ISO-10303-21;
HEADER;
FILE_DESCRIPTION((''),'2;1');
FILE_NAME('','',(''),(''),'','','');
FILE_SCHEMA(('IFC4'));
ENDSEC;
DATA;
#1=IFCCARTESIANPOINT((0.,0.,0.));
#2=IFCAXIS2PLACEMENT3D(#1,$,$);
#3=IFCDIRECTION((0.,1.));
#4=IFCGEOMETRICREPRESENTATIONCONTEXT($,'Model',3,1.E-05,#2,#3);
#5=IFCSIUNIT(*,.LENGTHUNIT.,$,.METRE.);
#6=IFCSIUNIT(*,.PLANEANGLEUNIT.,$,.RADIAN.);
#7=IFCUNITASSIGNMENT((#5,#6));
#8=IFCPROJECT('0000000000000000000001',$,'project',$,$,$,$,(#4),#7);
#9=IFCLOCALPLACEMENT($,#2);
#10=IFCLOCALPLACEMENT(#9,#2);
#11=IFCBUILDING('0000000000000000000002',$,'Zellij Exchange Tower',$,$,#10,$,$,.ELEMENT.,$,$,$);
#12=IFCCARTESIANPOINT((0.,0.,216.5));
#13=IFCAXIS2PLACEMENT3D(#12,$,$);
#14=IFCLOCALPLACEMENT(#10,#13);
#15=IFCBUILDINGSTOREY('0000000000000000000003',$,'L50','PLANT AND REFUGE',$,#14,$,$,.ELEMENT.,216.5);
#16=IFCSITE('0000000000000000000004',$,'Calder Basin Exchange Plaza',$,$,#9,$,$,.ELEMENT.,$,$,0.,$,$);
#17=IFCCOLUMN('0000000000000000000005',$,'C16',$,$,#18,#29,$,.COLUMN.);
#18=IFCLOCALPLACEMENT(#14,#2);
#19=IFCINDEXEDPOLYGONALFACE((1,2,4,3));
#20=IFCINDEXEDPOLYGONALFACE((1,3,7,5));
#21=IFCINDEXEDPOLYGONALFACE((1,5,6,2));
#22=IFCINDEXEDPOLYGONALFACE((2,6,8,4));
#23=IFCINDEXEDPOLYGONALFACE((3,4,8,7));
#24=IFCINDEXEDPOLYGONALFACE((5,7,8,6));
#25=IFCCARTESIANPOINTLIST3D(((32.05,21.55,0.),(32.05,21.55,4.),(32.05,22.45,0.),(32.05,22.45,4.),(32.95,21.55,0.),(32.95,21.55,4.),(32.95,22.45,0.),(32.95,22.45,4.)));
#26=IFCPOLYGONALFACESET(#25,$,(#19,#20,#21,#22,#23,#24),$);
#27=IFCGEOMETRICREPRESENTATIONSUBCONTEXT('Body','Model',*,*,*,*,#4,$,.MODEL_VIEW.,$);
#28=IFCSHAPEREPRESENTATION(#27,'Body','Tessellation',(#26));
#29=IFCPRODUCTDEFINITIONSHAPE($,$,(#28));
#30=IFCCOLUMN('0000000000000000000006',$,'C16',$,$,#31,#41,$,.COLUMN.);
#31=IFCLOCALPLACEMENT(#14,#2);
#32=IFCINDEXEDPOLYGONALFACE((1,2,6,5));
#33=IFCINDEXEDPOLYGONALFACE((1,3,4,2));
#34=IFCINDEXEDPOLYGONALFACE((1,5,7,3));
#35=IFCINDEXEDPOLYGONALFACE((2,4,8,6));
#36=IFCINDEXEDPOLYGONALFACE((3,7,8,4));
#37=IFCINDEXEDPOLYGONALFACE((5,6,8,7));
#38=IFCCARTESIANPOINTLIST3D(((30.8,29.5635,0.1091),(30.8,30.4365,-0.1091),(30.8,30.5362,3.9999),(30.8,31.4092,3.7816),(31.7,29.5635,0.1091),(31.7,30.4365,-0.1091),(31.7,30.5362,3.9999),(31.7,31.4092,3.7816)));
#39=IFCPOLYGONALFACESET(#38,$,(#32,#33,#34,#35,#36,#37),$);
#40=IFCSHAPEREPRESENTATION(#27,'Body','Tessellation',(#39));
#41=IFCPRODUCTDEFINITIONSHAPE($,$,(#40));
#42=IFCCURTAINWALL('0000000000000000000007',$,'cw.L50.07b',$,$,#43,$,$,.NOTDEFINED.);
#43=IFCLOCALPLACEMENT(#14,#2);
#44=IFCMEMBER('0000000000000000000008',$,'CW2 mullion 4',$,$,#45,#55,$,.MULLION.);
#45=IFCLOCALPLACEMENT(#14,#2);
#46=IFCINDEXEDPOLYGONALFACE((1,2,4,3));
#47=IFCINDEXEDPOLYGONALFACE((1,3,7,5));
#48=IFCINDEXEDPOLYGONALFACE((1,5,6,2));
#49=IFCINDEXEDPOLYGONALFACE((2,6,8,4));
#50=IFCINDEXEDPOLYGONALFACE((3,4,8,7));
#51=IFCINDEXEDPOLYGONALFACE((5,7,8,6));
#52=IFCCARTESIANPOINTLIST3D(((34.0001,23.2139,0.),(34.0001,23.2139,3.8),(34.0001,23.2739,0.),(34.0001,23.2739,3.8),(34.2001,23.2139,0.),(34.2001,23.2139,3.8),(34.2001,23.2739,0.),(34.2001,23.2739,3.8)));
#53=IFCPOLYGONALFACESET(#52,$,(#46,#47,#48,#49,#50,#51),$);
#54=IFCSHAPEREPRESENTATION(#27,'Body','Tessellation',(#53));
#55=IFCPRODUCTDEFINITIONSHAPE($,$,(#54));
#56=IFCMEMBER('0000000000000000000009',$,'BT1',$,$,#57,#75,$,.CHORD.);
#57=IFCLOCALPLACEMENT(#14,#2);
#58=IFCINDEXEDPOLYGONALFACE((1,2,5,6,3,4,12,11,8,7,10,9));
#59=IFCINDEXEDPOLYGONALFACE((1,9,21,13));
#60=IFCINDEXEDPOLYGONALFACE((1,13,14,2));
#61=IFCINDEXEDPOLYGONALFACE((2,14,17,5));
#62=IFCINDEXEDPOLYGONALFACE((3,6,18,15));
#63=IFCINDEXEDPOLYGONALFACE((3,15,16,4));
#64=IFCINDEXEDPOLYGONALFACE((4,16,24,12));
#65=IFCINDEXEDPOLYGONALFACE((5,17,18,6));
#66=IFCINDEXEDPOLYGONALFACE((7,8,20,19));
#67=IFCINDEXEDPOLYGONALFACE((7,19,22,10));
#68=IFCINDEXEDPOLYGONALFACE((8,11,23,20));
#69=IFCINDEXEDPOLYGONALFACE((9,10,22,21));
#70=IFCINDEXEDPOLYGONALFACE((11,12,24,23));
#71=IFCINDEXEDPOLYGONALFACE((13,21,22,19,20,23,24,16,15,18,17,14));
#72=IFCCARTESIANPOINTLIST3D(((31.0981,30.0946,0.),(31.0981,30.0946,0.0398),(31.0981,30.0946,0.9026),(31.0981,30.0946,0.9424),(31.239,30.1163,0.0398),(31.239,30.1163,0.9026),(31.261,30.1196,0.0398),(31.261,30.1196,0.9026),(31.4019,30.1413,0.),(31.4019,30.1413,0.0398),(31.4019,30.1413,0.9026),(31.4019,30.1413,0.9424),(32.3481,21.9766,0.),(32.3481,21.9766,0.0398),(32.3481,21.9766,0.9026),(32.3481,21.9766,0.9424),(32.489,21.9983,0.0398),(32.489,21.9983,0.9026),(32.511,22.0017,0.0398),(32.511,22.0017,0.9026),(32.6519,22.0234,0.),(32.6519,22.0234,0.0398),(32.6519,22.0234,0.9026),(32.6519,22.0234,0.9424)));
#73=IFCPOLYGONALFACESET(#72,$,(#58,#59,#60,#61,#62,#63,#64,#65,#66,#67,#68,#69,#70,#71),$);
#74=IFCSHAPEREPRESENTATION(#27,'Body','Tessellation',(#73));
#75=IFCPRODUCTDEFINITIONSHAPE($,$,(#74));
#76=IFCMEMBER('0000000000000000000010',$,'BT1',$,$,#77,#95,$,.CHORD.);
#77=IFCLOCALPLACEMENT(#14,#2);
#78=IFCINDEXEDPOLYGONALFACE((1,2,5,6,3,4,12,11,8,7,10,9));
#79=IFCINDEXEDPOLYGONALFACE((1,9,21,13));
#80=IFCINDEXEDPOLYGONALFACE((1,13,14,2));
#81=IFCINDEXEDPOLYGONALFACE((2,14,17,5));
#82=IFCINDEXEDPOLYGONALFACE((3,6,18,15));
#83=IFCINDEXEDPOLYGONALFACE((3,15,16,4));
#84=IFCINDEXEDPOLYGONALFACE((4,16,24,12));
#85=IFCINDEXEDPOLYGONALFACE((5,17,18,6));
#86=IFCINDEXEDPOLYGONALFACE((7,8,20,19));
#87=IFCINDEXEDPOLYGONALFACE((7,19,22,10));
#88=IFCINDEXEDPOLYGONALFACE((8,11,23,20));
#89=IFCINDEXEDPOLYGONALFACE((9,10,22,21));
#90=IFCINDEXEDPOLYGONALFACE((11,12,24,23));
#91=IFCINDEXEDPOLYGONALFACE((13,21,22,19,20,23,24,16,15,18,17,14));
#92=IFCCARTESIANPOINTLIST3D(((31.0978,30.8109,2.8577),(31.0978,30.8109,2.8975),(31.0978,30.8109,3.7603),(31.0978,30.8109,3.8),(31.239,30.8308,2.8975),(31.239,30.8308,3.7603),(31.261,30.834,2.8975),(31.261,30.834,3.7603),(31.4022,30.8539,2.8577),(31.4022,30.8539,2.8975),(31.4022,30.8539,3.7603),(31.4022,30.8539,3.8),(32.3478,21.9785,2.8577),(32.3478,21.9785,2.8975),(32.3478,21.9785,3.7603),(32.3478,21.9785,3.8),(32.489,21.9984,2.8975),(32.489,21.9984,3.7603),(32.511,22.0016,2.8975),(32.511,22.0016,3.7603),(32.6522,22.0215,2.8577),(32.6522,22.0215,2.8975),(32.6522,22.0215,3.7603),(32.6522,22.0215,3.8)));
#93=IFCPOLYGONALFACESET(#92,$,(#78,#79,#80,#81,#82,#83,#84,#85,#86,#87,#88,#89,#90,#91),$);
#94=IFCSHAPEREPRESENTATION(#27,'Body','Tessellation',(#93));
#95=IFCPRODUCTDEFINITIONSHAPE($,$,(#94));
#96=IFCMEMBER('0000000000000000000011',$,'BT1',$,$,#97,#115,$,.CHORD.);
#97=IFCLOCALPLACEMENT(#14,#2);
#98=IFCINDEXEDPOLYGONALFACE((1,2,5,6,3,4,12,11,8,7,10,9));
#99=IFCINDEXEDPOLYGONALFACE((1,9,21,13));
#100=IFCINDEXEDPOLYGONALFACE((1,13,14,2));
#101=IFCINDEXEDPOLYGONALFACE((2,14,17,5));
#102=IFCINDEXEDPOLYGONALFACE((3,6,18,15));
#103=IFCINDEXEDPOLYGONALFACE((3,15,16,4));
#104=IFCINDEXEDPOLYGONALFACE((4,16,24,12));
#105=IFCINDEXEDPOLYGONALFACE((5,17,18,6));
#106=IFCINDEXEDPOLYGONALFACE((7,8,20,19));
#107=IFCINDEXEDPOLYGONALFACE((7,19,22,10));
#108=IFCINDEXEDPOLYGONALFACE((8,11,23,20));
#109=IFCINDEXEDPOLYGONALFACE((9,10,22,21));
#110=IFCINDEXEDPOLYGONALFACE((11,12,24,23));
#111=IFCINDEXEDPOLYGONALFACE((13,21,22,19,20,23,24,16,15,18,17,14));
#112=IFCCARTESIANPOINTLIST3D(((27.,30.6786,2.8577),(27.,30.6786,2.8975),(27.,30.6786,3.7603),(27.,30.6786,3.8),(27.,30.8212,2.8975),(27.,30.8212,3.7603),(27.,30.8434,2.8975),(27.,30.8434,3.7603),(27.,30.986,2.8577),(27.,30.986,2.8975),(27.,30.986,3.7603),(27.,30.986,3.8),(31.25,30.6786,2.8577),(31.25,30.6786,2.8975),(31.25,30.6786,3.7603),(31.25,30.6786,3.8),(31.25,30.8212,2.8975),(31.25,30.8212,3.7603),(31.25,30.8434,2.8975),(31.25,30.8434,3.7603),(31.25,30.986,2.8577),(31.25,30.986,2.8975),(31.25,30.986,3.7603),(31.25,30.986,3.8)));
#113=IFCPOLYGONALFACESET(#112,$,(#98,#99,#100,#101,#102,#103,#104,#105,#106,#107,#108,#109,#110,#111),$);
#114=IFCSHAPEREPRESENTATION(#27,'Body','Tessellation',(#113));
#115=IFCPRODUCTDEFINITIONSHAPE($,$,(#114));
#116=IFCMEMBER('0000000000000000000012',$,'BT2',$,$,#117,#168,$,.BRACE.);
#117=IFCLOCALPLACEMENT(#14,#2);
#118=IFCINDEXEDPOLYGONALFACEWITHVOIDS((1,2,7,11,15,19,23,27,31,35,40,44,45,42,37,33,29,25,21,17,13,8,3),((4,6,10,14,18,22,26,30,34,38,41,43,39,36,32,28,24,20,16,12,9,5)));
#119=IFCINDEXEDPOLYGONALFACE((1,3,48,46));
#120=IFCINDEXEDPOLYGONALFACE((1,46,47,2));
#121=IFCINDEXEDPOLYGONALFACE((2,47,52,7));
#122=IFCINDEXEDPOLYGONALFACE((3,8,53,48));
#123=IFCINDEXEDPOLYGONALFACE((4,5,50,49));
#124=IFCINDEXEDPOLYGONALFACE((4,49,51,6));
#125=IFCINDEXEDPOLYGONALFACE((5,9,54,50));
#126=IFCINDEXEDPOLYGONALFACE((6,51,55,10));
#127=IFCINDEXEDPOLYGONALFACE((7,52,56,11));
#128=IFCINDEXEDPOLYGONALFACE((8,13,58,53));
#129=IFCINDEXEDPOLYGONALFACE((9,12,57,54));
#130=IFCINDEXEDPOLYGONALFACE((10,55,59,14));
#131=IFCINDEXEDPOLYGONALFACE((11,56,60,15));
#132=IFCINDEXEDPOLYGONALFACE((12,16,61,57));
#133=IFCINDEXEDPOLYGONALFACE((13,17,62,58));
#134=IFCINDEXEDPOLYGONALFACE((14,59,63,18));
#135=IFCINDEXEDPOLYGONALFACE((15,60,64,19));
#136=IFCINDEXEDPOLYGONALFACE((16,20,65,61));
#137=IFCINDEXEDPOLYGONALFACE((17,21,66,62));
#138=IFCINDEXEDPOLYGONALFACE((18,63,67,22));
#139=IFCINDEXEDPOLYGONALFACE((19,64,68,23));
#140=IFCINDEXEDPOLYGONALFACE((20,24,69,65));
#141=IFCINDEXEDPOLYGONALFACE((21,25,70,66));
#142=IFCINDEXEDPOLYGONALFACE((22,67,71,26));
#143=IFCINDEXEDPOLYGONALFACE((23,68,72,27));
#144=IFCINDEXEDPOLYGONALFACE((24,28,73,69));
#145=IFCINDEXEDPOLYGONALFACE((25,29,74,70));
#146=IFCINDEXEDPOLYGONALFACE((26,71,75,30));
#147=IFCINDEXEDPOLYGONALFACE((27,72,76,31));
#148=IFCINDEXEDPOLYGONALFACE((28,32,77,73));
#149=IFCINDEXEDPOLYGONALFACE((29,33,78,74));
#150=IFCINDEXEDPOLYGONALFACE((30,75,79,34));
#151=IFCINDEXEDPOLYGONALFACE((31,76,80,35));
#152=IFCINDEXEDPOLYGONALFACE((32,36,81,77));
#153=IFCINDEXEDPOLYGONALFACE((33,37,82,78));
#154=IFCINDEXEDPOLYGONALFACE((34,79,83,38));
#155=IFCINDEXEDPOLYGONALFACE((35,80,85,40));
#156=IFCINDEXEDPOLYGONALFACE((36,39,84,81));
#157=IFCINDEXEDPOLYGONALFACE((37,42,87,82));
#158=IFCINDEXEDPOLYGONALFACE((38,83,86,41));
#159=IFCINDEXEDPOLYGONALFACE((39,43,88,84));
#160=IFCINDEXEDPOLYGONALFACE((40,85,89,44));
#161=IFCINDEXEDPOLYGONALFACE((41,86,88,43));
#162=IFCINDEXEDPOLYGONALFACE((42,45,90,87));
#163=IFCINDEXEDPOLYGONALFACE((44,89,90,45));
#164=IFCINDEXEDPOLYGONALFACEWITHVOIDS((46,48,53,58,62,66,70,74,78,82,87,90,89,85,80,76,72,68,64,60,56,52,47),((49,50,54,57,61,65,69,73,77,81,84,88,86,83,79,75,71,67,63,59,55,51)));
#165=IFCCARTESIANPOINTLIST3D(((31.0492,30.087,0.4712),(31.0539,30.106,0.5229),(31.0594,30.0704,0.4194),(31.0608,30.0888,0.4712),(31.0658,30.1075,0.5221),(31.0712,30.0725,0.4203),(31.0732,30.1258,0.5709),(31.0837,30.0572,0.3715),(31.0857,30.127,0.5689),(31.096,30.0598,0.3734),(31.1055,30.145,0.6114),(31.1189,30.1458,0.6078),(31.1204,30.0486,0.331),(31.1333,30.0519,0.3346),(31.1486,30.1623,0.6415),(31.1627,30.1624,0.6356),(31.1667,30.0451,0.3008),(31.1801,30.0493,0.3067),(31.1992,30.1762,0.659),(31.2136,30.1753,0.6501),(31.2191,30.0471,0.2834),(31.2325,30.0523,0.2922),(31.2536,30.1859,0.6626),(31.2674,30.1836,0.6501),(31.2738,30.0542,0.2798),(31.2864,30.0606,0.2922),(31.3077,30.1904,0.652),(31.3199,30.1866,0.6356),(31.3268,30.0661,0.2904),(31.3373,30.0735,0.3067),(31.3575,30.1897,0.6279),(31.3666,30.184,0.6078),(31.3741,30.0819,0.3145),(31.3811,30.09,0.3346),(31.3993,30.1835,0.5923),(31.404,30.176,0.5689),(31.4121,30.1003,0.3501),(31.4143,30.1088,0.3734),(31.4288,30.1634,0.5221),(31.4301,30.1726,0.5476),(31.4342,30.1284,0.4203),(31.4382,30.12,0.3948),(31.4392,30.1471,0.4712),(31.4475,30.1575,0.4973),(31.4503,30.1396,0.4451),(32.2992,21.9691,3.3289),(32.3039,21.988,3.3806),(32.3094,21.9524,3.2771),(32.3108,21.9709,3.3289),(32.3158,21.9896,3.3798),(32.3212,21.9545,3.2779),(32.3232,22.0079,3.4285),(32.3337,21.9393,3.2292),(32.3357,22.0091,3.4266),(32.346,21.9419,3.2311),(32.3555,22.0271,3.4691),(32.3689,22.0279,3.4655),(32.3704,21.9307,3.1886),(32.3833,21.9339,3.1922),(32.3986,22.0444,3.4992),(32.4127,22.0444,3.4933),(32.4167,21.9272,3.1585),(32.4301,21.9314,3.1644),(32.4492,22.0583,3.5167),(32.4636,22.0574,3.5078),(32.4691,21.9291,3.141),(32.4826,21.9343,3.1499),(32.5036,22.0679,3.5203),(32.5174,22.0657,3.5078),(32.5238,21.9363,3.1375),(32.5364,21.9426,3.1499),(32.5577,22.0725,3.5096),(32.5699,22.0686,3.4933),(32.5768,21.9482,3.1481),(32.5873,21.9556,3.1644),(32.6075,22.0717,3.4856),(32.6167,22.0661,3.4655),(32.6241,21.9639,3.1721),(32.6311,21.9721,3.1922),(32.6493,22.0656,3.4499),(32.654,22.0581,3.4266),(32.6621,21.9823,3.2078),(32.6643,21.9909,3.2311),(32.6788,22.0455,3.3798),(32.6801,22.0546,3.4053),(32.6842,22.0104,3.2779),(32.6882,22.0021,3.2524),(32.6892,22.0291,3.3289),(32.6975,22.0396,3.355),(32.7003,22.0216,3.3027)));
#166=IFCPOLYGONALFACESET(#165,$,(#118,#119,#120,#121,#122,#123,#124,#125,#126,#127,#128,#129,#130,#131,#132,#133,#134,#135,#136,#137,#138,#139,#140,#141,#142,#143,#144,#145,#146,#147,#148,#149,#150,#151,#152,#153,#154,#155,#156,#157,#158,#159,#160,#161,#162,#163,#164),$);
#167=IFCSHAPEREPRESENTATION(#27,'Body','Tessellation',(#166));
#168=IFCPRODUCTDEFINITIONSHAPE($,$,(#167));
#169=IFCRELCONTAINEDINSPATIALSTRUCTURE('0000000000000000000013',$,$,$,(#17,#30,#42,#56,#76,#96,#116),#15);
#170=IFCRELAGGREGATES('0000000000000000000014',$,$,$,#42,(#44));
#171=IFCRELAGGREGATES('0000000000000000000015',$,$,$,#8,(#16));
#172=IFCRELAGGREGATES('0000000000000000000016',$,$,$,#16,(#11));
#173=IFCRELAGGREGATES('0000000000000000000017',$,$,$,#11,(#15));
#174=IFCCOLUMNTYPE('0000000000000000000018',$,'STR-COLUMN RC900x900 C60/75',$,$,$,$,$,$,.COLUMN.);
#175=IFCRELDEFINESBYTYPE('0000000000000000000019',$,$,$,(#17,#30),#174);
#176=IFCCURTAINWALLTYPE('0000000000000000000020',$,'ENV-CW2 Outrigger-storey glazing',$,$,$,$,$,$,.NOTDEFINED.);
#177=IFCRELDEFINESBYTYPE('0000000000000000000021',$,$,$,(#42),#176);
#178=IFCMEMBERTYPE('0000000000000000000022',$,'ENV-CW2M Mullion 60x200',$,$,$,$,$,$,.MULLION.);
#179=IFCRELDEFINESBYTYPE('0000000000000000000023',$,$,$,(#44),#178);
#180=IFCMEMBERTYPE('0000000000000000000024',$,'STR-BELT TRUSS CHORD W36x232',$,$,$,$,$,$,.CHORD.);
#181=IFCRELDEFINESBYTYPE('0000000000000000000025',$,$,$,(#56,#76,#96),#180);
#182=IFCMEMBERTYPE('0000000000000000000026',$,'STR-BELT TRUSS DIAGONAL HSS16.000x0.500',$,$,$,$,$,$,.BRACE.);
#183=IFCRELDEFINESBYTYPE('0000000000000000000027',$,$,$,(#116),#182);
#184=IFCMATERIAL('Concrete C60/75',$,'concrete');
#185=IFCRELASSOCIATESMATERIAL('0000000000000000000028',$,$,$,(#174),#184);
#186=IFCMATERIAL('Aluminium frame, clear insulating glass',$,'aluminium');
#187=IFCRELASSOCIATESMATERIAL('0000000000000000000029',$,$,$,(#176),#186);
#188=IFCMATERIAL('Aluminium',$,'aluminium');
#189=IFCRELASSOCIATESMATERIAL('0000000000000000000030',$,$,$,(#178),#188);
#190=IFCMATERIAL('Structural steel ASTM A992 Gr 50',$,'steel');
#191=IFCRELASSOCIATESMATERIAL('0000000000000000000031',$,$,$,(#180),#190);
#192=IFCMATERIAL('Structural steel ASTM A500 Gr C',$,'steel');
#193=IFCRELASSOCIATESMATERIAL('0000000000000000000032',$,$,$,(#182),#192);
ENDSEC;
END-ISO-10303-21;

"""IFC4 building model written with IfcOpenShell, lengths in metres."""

from ifc_helpers import new_model, si_unit, direction, frame, origin, origin_2d, place, context, subcontext, project, spatial, rectangle, hollow_circle, i_section, extrude, clip, halfspace, material, material_profile, profile_set, type_object, element, aggregate, save


model = new_model("IFC4")

# Units and contexts
model_context = context("Model", 3, precision=1e-05, world=origin(), true_north=direction((0.0, 1.0)))
body_context = subcontext(model_context, "Body", "Model", "MODEL_VIEW")
ifc_project = project(units=[si_unit("LENGTHUNIT", "METRE"), si_unit("PLANEANGLEUNIT", "RADIAN")], contexts=[model_context])

# Site, building, storey
site_placement = place(None, origin())
site = spatial("IfcSite", under=ifc_project, at=site_placement, Name="Calder Basin Exchange Plaza", CompositionType="ELEMENT", RefElevation=0.0)
building_placement = place(site_placement, origin())
building = spatial("IfcBuilding", under=site, at=building_placement, Name="Zellij Exchange Tower", CompositionType="ELEMENT")
storey_placement = place(building_placement, frame((0.0, 0.0, 216.5)))
storey = spatial("IfcBuildingStorey", under=building, at=storey_placement, Name="L50", Description="PLANT AND REFUGE", CompositionType="ELEMENT", Elevation=216.5)

# Columns
ifc_material_1 = material(Name="Concrete C60/75", Category="concrete")
ifc_material_profile_1 = material_profile(ifc_material_1, rectangle(XDim=0.8999, YDim=0.8999, at=origin_2d()), Name="STR-COLUMN RC900x900 C60/75")
ifc_profile_set_1 = profile_set([ifc_material_profile_1], Name="Concrete C60/75")
column_type = type_object("IfcColumnType", Name="STR-COLUMN RC900x900 C60/75", PredefinedType="COLUMN", material=ifc_profile_set_1)
column_1_placement = place(storey_placement, frame((32.5, 22.0, 0.0), z_axis=(0.0, 0.0, 1.0), x_axis=(1.0, 0.0, 0.0)))
element("IfcColumn", 1, at=column_1_placement, inside=storey, type_object=column_type, Name="C16", PredefinedType="COLUMN", context=body_context, shape_type="SweptSolid", body=[
    extrude(rectangle(XDim=0.8999, YDim=0.8999, at=origin_2d()), origin(), (0.0, 0.0, 1.0), 4.0),
])
column_2_placement = place(storey_placement, frame((31.25, 30.0, 0.0), z_axis=(0.0, 0.242536, 0.970143), x_axis=(-1.0, 0.0, 0.0)))
element("IfcColumn", 2, at=column_2_placement, inside=storey, type_object=column_type, Name="C16", PredefinedType="COLUMN", context=body_context, shape_type="Clipping", body=[
    clip(extrude(rectangle(XDim=0.8999, YDim=0.8999, at=origin_2d()), origin(), (0.0, 0.0, 1.0), 4.123), halfspace(frame((0.0, 0.0, 4.0105)), False)),
])

# Curtain wall, member
ifc_material_2 = material(Name="Aluminium frame, clear insulating glass", Category="aluminium")
curtain_wall_type = type_object("IfcCurtainWallType", Name="ENV-CW2 Outrigger-storey glazing", PredefinedType="NOTDEFINED", material=ifc_material_2)
curtain_wall_placement = place(storey_placement, origin())
curtain_wall = element("IfcCurtainWall", 3, at=curtain_wall_placement, inside=storey, type_object=curtain_wall_type, Name="cw.L50.07b", PredefinedType="NOTDEFINED")
ifc_material_3 = material(Name="Aluminium", Category="aluminium")
ifc_material_profile_2 = material_profile(ifc_material_3, rectangle(XDim=0.0601, YDim=0.2, at=origin_2d()), Name="AL 60x200")
ifc_profile_set_2 = profile_set([ifc_material_profile_2], Name="Aluminium")
member_type_1 = type_object("IfcMemberType", Name="ENV-CW2M Mullion 60x200", PredefinedType="MULLION", material=ifc_profile_set_2)
member_1_placement = place(storey_placement, frame((34.1001, 23.2439, 0.0), z_axis=(0.0, 0.0, 1.0), x_axis=(0.0, 1.0, 0.0)))
member_1 = element("IfcMember", 4, at=member_1_placement, type_object=member_type_1, Name="CW2 mullion 4", PredefinedType="MULLION", context=body_context, shape_type="SweptSolid", body=[
    extrude(rectangle(XDim=0.0601, YDim=0.2, at=origin_2d()), origin(), (0.0, 0.0, 1.0), 3.8),
])
aggregate(curtain_wall, [member_1])

# Members
ifc_material_4 = material(Name="Structural steel ASTM A992 Gr 50", Category="steel")
ifc_material_profile_3 = material_profile(ifc_material_4, i_section(OverallWidth=0.3074, OverallDepth=0.9424, WebThickness=0.0222, FlangeThickness=0.0398, at=origin_2d()), Name="W36x232")
ifc_profile_set_3 = profile_set([ifc_material_profile_3], Name="Structural steel ASTM A992 Gr 50")
member_type_2 = type_object("IfcMemberType", Name="STR-BELT TRUSS CHORD W36x232", PredefinedType="CHORD", material=ifc_profile_set_3)
member_2_placement = place(storey_placement, frame((32.5, 22.0, 0.4712), z_axis=(-0.152187, 0.988352, 0.0), x_axis=(-0.988352, -0.152187, 0.0)))
element("IfcMember", 5, at=member_2_placement, inside=storey, type_object=member_type_2, Name="BT1", PredefinedType="CHORD", context=body_context, shape_type="SweptSolid", body=[
    extrude(i_section(OverallWidth=0.3074, OverallDepth=0.9424, WebThickness=0.0222, FlangeThickness=0.0398, at=origin_2d()), origin(), (0.0, 0.0, 1.0), 8.2136),
])
member_3_placement = place(storey_placement, frame((32.5, 22.0, 3.3289), z_axis=(-0.14013, 0.990133, 0.0), x_axis=(-0.990133, -0.14013, 0.0)))
element("IfcMember", 6, at=member_3_placement, inside=storey, type_object=member_type_2, Name="BT1", PredefinedType="CHORD", context=body_context, shape_type="SweptSolid", body=[
    extrude(i_section(OverallWidth=0.3074, OverallDepth=0.9424, WebThickness=0.0222, FlangeThickness=0.0398, at=origin_2d()), origin(), (0.0, 0.0, 1.0), 8.9204),
])
member_4_placement = place(storey_placement, frame((27.0, 30.8323, 3.3289), z_axis=(1.0, 0.0, 0.0), x_axis=(0.0, 1.0, 0.0)))
element("IfcMember", 7, at=member_4_placement, inside=storey, type_object=member_type_2, Name="BT1", PredefinedType="CHORD", context=body_context, shape_type="SweptSolid", body=[
    extrude(i_section(OverallWidth=0.3074, OverallDepth=0.9424, WebThickness=0.0222, FlangeThickness=0.0398, at=origin_2d()), origin(), (0.0, 0.0, 1.0), 4.25),
])
ifc_material_5 = material(Name="Structural steel ASTM A500 Gr C", Category="steel")
ifc_material_profile_4 = material_profile(ifc_material_5, hollow_circle(Radius=0.2031, WallThickness=0.0117, at=origin_2d()), Name="STR-BELT TRUSS DIAGONAL HSS16.000x0.500")
ifc_profile_set_4 = profile_set([ifc_material_profile_4], Name="Structural steel ASTM A500 Gr C")
member_type_3 = type_object("IfcMemberType", Name="STR-BELT TRUSS DIAGONAL HSS16.000x0.500", PredefinedType="BRACE", material=ifc_profile_set_4)
member_5_placement = place(storey_placement, frame((32.5, 22.0, 3.3289), z_axis=(-0.143736, 0.933468, -0.328599), x_axis=(-0.988352, -0.152187, 0.0)))
element("IfcMember", 8, at=member_5_placement, inside=storey, type_object=member_type_3, Name="BT2", PredefinedType="BRACE", context=body_context, shape_type="SweptSolid", body=[
    extrude(hollow_circle(Radius=0.2031, WallThickness=0.0117, at=origin_2d()), origin(), (0.0, 0.0, 1.0), 8.6965),
])

save(model, "model.ifc")
